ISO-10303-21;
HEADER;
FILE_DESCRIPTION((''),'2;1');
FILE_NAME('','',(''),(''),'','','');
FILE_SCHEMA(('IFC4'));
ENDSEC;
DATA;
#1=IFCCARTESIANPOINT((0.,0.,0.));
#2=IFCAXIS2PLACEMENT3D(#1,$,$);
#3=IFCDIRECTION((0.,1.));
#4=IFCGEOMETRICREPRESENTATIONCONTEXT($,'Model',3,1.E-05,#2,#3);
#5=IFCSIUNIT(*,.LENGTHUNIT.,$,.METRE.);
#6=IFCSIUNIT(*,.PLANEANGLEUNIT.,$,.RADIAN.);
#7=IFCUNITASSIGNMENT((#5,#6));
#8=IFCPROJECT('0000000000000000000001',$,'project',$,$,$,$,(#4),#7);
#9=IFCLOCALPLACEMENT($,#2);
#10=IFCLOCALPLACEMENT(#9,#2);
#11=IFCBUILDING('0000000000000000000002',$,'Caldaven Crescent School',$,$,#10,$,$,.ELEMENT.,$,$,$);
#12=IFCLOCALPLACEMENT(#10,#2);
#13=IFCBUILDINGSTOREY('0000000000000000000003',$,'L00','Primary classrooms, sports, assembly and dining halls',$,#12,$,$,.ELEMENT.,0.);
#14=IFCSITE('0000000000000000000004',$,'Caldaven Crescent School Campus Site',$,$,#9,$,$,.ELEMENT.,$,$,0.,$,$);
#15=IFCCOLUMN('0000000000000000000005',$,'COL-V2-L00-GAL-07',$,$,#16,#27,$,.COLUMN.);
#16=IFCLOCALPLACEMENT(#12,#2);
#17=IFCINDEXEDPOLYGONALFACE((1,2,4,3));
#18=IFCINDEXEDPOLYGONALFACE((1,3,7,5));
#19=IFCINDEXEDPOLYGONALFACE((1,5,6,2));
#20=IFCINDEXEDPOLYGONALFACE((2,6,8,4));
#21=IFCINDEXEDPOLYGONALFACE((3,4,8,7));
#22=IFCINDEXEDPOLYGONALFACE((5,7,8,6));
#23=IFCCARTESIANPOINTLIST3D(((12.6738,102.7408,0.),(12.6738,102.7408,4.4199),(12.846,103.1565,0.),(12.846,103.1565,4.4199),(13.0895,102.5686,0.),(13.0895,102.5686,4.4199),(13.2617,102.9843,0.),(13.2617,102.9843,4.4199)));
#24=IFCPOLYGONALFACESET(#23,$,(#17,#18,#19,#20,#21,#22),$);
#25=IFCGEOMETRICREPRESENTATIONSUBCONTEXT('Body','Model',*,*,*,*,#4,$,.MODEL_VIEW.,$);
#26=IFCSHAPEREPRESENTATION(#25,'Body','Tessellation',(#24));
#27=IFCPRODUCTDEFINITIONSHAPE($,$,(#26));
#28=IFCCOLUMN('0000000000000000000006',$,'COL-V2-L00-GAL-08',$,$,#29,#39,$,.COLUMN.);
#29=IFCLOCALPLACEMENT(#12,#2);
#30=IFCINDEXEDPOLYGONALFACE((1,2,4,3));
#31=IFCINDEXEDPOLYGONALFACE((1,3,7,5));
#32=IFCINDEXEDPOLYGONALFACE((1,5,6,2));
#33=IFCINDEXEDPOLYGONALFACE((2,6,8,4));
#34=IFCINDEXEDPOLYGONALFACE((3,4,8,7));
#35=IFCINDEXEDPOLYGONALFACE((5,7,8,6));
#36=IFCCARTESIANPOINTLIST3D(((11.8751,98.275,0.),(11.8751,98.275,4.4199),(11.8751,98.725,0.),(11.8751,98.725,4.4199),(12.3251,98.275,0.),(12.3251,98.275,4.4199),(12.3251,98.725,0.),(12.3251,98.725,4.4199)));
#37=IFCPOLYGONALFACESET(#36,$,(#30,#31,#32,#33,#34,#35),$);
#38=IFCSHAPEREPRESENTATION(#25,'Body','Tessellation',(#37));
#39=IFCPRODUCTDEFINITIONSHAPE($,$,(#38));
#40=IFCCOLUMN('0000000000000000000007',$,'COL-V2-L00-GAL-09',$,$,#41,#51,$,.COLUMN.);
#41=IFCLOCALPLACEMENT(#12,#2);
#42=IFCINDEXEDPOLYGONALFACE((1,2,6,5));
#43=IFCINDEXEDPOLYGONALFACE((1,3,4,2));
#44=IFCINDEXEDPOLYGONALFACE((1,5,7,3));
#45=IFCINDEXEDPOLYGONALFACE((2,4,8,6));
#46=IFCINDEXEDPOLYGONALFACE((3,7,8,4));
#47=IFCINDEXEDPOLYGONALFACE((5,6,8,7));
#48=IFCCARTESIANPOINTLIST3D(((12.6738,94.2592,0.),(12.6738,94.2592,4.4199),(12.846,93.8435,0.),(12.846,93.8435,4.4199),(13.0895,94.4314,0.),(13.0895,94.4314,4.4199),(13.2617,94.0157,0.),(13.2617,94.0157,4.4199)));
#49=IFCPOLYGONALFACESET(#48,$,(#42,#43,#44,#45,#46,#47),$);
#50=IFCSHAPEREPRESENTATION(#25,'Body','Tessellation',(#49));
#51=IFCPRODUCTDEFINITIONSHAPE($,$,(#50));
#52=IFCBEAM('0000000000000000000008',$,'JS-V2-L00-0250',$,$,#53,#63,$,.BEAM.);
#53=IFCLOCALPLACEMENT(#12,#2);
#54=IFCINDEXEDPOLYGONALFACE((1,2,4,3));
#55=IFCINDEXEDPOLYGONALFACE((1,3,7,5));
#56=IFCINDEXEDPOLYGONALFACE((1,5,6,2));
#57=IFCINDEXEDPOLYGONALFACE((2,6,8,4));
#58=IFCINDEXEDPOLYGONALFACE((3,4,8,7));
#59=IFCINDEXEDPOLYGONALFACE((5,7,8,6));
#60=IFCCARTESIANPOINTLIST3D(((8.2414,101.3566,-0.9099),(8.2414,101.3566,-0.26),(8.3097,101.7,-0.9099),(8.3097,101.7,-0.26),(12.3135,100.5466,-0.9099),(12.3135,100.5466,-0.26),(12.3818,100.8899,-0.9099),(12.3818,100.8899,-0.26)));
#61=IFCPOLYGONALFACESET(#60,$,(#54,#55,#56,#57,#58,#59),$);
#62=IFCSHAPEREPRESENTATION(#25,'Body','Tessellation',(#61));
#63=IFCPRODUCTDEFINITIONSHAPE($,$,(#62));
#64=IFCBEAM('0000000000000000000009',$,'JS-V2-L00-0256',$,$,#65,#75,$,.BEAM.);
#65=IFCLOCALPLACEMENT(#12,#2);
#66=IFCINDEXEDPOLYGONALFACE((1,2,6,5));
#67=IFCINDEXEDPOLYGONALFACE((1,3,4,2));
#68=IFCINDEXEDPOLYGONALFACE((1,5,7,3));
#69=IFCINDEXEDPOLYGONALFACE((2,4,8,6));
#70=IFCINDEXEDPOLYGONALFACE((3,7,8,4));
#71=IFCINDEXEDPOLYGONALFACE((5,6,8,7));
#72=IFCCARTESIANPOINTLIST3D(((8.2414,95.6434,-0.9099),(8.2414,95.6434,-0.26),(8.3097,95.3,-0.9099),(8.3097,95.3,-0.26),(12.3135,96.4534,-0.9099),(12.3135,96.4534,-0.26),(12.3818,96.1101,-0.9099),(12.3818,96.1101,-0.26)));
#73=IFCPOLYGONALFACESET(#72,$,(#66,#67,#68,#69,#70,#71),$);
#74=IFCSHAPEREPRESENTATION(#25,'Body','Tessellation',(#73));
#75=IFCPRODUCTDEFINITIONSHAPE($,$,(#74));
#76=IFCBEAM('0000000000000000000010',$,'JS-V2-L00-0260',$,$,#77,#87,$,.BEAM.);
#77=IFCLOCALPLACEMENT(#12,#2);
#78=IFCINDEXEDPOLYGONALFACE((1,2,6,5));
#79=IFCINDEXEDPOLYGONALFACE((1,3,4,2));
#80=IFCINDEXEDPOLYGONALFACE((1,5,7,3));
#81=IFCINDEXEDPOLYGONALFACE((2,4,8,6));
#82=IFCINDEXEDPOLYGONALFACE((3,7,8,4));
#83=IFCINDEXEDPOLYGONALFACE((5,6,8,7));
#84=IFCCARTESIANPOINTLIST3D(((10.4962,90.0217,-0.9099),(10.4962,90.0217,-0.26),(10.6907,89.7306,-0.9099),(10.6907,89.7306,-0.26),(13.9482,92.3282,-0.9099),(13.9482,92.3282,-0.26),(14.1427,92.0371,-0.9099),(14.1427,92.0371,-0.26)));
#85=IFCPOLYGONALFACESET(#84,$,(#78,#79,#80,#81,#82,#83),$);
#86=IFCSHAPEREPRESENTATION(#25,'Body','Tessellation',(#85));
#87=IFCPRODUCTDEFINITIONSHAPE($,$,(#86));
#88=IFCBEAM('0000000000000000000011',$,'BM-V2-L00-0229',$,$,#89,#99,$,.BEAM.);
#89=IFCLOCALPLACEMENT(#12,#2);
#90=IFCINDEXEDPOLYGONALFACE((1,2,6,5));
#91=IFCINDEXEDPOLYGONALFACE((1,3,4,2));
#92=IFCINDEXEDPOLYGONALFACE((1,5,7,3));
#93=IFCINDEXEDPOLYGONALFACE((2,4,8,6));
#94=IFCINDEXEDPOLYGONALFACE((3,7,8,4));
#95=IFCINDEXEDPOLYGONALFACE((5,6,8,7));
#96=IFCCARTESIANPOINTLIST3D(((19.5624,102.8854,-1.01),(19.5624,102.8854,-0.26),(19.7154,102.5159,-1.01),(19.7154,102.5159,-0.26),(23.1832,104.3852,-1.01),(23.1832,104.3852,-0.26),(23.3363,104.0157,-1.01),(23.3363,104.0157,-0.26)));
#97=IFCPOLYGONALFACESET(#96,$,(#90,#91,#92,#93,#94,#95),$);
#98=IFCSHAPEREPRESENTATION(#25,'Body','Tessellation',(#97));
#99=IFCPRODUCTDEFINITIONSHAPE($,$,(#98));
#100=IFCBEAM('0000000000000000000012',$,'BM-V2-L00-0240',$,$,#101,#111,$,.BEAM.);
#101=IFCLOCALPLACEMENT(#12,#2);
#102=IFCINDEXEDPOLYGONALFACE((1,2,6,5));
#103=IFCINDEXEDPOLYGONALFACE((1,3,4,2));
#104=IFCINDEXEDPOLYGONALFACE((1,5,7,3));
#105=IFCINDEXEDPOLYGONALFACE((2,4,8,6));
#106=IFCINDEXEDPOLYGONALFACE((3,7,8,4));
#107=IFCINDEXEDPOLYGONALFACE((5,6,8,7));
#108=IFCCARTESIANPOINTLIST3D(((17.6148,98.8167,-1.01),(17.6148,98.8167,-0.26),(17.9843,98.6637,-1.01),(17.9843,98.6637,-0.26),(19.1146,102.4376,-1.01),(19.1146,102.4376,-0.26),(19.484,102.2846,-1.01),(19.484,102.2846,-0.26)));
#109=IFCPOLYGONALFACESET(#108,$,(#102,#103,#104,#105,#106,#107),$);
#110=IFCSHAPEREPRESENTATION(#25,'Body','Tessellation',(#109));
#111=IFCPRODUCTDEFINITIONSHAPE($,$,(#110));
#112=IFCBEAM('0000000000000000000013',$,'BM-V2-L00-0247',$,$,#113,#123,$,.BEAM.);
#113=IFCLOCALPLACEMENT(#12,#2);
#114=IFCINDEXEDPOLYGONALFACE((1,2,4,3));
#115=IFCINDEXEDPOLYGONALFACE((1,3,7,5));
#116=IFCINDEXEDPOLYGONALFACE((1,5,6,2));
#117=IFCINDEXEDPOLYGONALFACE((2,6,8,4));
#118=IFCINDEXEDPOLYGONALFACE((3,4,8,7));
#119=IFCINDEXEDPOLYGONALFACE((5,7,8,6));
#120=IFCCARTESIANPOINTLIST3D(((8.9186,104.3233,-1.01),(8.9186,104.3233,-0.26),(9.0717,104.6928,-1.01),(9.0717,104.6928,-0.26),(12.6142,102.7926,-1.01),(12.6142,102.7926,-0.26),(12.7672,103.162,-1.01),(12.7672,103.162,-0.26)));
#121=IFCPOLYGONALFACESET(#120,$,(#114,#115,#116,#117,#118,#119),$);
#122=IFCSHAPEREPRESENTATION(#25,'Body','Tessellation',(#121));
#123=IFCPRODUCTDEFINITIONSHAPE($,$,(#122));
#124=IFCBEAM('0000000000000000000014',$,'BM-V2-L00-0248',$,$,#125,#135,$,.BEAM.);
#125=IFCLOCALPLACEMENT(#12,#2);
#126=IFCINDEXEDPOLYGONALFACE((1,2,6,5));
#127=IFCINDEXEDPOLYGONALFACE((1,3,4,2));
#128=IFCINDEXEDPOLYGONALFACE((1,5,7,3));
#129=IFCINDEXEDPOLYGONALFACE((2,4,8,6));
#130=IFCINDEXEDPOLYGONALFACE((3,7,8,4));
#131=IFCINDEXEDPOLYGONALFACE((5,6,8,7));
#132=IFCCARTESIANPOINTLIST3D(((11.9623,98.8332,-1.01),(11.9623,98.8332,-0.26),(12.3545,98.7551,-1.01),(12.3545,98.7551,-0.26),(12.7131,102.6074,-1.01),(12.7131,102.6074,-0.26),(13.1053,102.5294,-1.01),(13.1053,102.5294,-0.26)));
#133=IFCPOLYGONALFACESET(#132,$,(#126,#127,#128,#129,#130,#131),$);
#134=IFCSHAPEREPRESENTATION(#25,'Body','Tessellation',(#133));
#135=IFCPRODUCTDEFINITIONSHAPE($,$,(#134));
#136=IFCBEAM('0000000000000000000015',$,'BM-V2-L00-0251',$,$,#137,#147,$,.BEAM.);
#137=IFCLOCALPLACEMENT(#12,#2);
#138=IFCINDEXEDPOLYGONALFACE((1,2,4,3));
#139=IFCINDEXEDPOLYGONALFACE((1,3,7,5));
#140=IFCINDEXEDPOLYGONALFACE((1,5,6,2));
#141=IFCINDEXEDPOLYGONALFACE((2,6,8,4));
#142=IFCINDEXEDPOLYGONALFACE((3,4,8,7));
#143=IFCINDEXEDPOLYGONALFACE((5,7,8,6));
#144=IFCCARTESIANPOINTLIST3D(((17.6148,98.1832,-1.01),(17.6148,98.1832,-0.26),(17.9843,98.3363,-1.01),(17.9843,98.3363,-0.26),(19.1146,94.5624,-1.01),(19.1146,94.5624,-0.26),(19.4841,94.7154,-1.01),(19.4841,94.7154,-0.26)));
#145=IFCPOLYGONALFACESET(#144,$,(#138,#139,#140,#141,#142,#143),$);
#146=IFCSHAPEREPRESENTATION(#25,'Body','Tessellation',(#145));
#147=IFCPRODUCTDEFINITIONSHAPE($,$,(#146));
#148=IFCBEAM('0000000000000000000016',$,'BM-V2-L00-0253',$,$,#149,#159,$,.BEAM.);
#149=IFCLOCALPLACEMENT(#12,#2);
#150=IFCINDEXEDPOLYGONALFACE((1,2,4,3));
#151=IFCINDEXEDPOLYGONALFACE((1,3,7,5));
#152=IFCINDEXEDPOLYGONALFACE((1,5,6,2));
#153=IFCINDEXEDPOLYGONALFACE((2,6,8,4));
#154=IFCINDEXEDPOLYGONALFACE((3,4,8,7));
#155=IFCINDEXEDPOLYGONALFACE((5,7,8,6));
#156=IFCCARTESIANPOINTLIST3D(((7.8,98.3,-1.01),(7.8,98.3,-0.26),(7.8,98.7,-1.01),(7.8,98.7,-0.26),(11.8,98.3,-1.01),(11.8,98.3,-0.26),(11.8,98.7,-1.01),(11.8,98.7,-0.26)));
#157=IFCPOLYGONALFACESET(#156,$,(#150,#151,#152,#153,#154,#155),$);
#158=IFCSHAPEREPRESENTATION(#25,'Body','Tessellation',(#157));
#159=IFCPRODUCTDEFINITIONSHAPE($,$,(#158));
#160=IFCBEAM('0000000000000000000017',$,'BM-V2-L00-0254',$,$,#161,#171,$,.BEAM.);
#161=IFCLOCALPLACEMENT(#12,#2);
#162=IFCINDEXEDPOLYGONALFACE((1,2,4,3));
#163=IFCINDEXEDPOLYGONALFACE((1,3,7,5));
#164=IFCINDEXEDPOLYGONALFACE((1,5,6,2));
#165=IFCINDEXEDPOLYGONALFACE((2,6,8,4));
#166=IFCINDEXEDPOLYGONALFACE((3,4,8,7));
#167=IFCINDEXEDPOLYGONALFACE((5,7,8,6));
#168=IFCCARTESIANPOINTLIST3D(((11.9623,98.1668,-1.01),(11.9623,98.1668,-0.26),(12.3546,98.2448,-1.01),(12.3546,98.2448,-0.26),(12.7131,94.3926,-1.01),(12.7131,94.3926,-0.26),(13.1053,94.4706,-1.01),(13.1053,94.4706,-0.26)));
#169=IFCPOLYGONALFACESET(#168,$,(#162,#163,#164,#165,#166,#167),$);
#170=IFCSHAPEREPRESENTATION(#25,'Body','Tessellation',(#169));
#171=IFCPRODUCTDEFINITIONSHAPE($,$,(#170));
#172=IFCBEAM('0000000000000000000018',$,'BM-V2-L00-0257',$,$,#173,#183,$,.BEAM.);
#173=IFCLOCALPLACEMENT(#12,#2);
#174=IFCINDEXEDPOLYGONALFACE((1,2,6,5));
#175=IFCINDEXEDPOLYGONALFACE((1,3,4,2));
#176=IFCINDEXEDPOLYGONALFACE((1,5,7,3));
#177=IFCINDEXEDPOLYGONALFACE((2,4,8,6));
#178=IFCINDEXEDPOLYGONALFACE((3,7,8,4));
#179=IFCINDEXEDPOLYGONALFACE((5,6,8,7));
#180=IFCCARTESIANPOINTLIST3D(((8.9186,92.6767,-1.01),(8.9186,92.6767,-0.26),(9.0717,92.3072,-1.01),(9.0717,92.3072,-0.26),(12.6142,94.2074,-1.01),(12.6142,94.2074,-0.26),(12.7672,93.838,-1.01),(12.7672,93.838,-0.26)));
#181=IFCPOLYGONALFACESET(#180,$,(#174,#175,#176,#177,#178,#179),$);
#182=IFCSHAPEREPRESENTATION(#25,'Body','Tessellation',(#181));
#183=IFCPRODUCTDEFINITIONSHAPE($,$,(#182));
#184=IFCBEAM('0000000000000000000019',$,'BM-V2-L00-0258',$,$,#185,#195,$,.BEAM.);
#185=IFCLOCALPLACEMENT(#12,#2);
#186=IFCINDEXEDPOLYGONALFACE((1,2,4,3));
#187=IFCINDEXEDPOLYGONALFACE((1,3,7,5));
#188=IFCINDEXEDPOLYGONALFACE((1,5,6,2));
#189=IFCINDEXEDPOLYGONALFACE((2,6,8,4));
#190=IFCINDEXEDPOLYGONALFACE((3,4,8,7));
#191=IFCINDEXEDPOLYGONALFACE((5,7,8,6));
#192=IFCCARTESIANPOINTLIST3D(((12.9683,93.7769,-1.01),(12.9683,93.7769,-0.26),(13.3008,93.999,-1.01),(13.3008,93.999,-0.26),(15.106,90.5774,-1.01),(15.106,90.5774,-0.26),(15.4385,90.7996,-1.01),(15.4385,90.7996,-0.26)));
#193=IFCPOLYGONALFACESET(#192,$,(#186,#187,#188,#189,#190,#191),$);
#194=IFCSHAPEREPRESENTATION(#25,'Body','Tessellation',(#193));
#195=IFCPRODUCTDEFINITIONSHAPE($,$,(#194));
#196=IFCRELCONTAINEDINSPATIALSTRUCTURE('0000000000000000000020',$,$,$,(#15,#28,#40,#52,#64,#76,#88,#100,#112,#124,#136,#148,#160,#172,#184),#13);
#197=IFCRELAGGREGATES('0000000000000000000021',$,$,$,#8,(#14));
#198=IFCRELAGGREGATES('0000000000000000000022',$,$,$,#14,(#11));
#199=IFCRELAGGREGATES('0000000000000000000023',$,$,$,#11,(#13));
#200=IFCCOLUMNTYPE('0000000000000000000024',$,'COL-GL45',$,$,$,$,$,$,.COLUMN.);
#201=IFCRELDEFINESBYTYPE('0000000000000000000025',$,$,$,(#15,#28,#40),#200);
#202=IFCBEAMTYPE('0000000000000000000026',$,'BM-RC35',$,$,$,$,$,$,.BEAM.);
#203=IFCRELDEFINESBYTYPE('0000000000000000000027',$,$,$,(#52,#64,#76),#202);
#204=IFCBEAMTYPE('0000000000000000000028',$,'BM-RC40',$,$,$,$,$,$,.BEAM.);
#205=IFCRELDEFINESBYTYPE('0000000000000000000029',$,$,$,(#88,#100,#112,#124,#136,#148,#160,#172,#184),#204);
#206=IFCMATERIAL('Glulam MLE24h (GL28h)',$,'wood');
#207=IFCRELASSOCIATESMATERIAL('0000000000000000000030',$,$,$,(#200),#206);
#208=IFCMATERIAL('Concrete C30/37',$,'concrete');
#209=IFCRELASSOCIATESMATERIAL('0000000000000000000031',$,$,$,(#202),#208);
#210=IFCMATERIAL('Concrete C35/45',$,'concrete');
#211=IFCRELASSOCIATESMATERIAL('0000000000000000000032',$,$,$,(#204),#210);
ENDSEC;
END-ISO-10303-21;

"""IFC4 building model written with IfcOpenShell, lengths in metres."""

from ifc_helpers import new_model, si_unit, direction, frame, origin, origin_2d, place, context, subcontext, project, spatial, rectangle, extrude, material, material_profile, profile_set, type_object, element, save


model = new_model("IFC4")

# Units and contexts
model_context = context("Model", 3, precision=1e-05, world=origin(), true_north=direction((0.0, 1.0)))
body_context = subcontext(model_context, "Body", "Model", "MODEL_VIEW")
ifc_project = project(units=[si_unit("LENGTHUNIT", "METRE"), si_unit("PLANEANGLEUNIT", "RADIAN")], contexts=[model_context])

# Site, building, storey
site_placement = place(None, origin())
site = spatial("IfcSite", under=ifc_project, at=site_placement, Name="Caldaven Crescent School Campus Site", CompositionType="ELEMENT", RefElevation=0.0)
building_placement = place(site_placement, origin())
building = spatial("IfcBuilding", under=site, at=building_placement, Name="Caldaven Crescent School", CompositionType="ELEMENT")
storey_placement = place(building_placement, origin())
storey = spatial("IfcBuildingStorey", under=building, at=storey_placement, Name="L00", Description="Primary classrooms, sports, assembly and dining halls", CompositionType="ELEMENT", Elevation=0.0)

# Columns
ifc_material_1 = material(Name="Glulam MLE24h (GL28h)", Category="wood")
ifc_material_profile_1 = material_profile(ifc_material_1, rectangle(XDim=0.45, YDim=0.45, at=origin_2d()), Name="MLE 450x450")
ifc_profile_set_1 = profile_set([ifc_material_profile_1], Name="Glulam MLE24h (GL28h)")
column_type = type_object("IfcColumnType", Name="COL-GL45", PredefinedType="COLUMN", material=ifc_profile_set_1)
for number, where, z_axis, x_axis, name in (
    (1, (12.9678, 102.8625, 0.0), (0.0, 0.0, 1.0), (-0.92388, 0.382683, 0.0), "COL-V2-L00-GAL-07"),
    (2, (12.1001, 98.5, 0.0), (0.0, 0.0, 1.0), (-1.0, 0.0, 0.0), "COL-V2-L00-GAL-08"),
    (3, (12.9678, 94.1375, 0.0), (0.0, 0.0, 1.0), (-0.92388, -0.382683, 0.0), "COL-V2-L00-GAL-09"),
):
    element("IfcColumn", number, at=place(storey_placement, frame(where, z_axis=z_axis, x_axis=x_axis)), inside=storey, type_object=column_type, Name=name, PredefinedType="COLUMN", context=body_context, shape_type="SweptSolid", body=[
        extrude(rectangle(XDim=0.45, YDim=0.45, at=origin_2d()), origin(), (0.0, 0.0, 1.0), 4.4199),
    ])

# Beams
ifc_material_2 = material(Name="Concrete C30/37", Category="concrete")
ifc_material_profile_2 = material_profile(ifc_material_2, rectangle(XDim=0.3501, YDim=0.6499, at=origin_2d()), Name="RC 350x650")
ifc_profile_set_2 = profile_set([ifc_material_profile_2], Name="Concrete C30/37")
beam_type_1 = type_object("IfcBeamType", Name="BM-RC35", PredefinedType="BEAM", material=ifc_profile_set_2)
for number, where, z_axis, x_axis, name in (
    (4, (12.3477, 100.7183, -0.585), (-0.980781, 0.19511, 0.0), (-0.19511, -0.980781, 0.0), "JS-V2-L00-0250"),
    (5, (12.3477, 96.2817, -0.585), (-0.980781, -0.19511, 0.0), (0.19511, -0.980781, 0.0), "JS-V2-L00-0256"),
):
    element("IfcBeam", number, at=place(storey_placement, frame(where, z_axis=z_axis, x_axis=x_axis)), inside=storey, type_object=beam_type_1, Name=name, PredefinedType="BEAM", context=body_context, shape_type="SweptSolid", body=[
        extrude(rectangle(XDim=0.3501, YDim=0.6499, at=origin_2d()), origin(), (0.0, 0.0, 1.0), 4.1519),
    ])
beam_1_placement = place(storey_placement, frame((14.0454, 92.1826, -0.585), z_axis=(-0.83148, -0.555555, 0.0), x_axis=(0.555555, -0.83148, 0.0)))
element("IfcBeam", 6, at=beam_1_placement, inside=storey, type_object=beam_type_1, Name="JS-V2-L00-0260", PredefinedType="BEAM", context=body_context, shape_type="SweptSolid", body=[
    extrude(rectangle(XDim=0.3501, YDim=0.6499, at=origin_2d()), origin(), (0.0, 0.0, 1.0), 4.1516),
])
ifc_material_3 = material(Name="Concrete C35/45", Category="concrete")
ifc_material_profile_3 = material_profile(ifc_material_3, rectangle(XDim=0.3999, YDim=0.75, at=origin_2d()), Name="RC 400x750")
ifc_profile_set_3 = profile_set([ifc_material_profile_3], Name="Concrete C35/45")
beam_type_2 = type_object("IfcBeamType", Name="BM-RC40", PredefinedType="BEAM", material=ifc_profile_set_3)
for number, where, z_axis, x_axis, name in (
    (7, (23.2598, 104.2004, -0.635), (-0.923884, -0.382673, 0.0), (0.382673, -0.923884, 0.0), "BM-V2-L00-0229"),
    (8, (19.2993, 102.3611, -0.635), (-0.382673, -0.923884, 0.0), (0.923884, -0.382673, 0.0), "BM-V2-L00-0240"),
):
    element("IfcBeam", number, at=place(storey_placement, frame(where, z_axis=z_axis, x_axis=x_axis)), inside=storey, type_object=beam_type_2, Name=name, PredefinedType="BEAM", context=body_context, shape_type="SweptSolid", body=[
        extrude(rectangle(XDim=0.3999, YDim=0.75, at=origin_2d()), origin(), (0.0, 0.0, 1.0), 3.9192),
    ])
beam_2_placement = place(storey_placement, frame((12.6907, 102.9773, -0.635), z_axis=(-0.923878, 0.382686, 0.0), x_axis=(-0.382686, -0.923878, 0.0)))
element("IfcBeam", 9, at=beam_2_placement, inside=storey, type_object=beam_type_2, Name="BM-V2-L00-0247", PredefinedType="BEAM", context=body_context, shape_type="SweptSolid", body=[
    extrude(rectangle(XDim=0.3999, YDim=0.75, at=origin_2d()), origin(), (0.0, 0.0, 1.0), 4.0),
])
beam_3_placement = place(storey_placement, frame((12.9092, 102.5684, -0.635), z_axis=(-0.195091, -0.980785, 0.0), x_axis=(0.980785, -0.195091, 0.0)))
element("IfcBeam", 10, at=beam_3_placement, inside=storey, type_object=beam_type_2, Name="BM-V2-L00-0248", PredefinedType="BEAM", context=body_context, shape_type="SweptSolid", body=[
    extrude(rectangle(XDim=0.3999, YDim=0.75, at=origin_2d()), origin(), (0.0, 0.0, 1.0), 3.8481),
])
beam_4_placement = place(storey_placement, frame((17.7996, 98.2598, -0.635), z_axis=(0.382673, -0.923884, 0.0), x_axis=(0.923884, 0.382673, 0.0)))
element("IfcBeam", 11, at=beam_4_placement, inside=storey, type_object=beam_type_2, Name="BM-V2-L00-0251", PredefinedType="BEAM", context=body_context, shape_type="SweptSolid", body=[
    extrude(rectangle(XDim=0.3999, YDim=0.75, at=origin_2d()), origin(), (0.0, 0.0, 1.0), 3.9192),
])
beam_5_placement = place(storey_placement, frame((11.8, 98.5, -0.635), z_axis=(-1.0, 0.0, 0.0), x_axis=(0.0, -1.0, 0.0)))
element("IfcBeam", 12, at=beam_5_placement, inside=storey, type_object=beam_type_2, Name="BM-V2-L00-0253", PredefinedType="BEAM", context=body_context, shape_type="SweptSolid", body=[
    extrude(rectangle(XDim=0.3999, YDim=0.75, at=origin_2d()), origin(), (0.0, 0.0, 1.0), 4.0),
])
beam_6_placement = place(storey_placement, frame((12.1584, 98.2058, -0.635), z_axis=(0.195091, -0.980785, 0.0), x_axis=(0.980785, 0.195091, 0.0)))
element("IfcBeam", 13, at=beam_6_placement, inside=storey, type_object=beam_type_2, Name="BM-V2-L00-0254", PredefinedType="BEAM", context=body_context, shape_type="SweptSolid", body=[
    extrude(rectangle(XDim=0.3999, YDim=0.75, at=origin_2d()), origin(), (0.0, 0.0, 1.0), 3.8481),
])
beam_7_placement = place(storey_placement, frame((12.6907, 94.0227, -0.635), z_axis=(-0.923878, -0.382686, 0.0), x_axis=(0.382686, -0.923878, 0.0)))
element("IfcBeam", 14, at=beam_7_placement, inside=storey, type_object=beam_type_2, Name="BM-V2-L00-0257", PredefinedType="BEAM", context=body_context, shape_type="SweptSolid", body=[
    extrude(rectangle(XDim=0.3999, YDim=0.75, at=origin_2d()), origin(), (0.0, 0.0, 1.0), 4.0),
])
beam_8_placement = place(storey_placement, frame((13.1345, 93.8879, -0.635), z_axis=(0.555549, -0.831484, 0.0), x_axis=(0.831484, 0.555549, 0.0)))
element("IfcBeam", 15, at=beam_8_placement, inside=storey, type_object=beam_type_2, Name="BM-V2-L00-0258", PredefinedType="BEAM", context=body_context, shape_type="SweptSolid", body=[
    extrude(rectangle(XDim=0.3999, YDim=0.75, at=origin_2d()), origin(), (0.0, 0.0, 1.0), 3.8479),
])

save(model, "model.ifc")
